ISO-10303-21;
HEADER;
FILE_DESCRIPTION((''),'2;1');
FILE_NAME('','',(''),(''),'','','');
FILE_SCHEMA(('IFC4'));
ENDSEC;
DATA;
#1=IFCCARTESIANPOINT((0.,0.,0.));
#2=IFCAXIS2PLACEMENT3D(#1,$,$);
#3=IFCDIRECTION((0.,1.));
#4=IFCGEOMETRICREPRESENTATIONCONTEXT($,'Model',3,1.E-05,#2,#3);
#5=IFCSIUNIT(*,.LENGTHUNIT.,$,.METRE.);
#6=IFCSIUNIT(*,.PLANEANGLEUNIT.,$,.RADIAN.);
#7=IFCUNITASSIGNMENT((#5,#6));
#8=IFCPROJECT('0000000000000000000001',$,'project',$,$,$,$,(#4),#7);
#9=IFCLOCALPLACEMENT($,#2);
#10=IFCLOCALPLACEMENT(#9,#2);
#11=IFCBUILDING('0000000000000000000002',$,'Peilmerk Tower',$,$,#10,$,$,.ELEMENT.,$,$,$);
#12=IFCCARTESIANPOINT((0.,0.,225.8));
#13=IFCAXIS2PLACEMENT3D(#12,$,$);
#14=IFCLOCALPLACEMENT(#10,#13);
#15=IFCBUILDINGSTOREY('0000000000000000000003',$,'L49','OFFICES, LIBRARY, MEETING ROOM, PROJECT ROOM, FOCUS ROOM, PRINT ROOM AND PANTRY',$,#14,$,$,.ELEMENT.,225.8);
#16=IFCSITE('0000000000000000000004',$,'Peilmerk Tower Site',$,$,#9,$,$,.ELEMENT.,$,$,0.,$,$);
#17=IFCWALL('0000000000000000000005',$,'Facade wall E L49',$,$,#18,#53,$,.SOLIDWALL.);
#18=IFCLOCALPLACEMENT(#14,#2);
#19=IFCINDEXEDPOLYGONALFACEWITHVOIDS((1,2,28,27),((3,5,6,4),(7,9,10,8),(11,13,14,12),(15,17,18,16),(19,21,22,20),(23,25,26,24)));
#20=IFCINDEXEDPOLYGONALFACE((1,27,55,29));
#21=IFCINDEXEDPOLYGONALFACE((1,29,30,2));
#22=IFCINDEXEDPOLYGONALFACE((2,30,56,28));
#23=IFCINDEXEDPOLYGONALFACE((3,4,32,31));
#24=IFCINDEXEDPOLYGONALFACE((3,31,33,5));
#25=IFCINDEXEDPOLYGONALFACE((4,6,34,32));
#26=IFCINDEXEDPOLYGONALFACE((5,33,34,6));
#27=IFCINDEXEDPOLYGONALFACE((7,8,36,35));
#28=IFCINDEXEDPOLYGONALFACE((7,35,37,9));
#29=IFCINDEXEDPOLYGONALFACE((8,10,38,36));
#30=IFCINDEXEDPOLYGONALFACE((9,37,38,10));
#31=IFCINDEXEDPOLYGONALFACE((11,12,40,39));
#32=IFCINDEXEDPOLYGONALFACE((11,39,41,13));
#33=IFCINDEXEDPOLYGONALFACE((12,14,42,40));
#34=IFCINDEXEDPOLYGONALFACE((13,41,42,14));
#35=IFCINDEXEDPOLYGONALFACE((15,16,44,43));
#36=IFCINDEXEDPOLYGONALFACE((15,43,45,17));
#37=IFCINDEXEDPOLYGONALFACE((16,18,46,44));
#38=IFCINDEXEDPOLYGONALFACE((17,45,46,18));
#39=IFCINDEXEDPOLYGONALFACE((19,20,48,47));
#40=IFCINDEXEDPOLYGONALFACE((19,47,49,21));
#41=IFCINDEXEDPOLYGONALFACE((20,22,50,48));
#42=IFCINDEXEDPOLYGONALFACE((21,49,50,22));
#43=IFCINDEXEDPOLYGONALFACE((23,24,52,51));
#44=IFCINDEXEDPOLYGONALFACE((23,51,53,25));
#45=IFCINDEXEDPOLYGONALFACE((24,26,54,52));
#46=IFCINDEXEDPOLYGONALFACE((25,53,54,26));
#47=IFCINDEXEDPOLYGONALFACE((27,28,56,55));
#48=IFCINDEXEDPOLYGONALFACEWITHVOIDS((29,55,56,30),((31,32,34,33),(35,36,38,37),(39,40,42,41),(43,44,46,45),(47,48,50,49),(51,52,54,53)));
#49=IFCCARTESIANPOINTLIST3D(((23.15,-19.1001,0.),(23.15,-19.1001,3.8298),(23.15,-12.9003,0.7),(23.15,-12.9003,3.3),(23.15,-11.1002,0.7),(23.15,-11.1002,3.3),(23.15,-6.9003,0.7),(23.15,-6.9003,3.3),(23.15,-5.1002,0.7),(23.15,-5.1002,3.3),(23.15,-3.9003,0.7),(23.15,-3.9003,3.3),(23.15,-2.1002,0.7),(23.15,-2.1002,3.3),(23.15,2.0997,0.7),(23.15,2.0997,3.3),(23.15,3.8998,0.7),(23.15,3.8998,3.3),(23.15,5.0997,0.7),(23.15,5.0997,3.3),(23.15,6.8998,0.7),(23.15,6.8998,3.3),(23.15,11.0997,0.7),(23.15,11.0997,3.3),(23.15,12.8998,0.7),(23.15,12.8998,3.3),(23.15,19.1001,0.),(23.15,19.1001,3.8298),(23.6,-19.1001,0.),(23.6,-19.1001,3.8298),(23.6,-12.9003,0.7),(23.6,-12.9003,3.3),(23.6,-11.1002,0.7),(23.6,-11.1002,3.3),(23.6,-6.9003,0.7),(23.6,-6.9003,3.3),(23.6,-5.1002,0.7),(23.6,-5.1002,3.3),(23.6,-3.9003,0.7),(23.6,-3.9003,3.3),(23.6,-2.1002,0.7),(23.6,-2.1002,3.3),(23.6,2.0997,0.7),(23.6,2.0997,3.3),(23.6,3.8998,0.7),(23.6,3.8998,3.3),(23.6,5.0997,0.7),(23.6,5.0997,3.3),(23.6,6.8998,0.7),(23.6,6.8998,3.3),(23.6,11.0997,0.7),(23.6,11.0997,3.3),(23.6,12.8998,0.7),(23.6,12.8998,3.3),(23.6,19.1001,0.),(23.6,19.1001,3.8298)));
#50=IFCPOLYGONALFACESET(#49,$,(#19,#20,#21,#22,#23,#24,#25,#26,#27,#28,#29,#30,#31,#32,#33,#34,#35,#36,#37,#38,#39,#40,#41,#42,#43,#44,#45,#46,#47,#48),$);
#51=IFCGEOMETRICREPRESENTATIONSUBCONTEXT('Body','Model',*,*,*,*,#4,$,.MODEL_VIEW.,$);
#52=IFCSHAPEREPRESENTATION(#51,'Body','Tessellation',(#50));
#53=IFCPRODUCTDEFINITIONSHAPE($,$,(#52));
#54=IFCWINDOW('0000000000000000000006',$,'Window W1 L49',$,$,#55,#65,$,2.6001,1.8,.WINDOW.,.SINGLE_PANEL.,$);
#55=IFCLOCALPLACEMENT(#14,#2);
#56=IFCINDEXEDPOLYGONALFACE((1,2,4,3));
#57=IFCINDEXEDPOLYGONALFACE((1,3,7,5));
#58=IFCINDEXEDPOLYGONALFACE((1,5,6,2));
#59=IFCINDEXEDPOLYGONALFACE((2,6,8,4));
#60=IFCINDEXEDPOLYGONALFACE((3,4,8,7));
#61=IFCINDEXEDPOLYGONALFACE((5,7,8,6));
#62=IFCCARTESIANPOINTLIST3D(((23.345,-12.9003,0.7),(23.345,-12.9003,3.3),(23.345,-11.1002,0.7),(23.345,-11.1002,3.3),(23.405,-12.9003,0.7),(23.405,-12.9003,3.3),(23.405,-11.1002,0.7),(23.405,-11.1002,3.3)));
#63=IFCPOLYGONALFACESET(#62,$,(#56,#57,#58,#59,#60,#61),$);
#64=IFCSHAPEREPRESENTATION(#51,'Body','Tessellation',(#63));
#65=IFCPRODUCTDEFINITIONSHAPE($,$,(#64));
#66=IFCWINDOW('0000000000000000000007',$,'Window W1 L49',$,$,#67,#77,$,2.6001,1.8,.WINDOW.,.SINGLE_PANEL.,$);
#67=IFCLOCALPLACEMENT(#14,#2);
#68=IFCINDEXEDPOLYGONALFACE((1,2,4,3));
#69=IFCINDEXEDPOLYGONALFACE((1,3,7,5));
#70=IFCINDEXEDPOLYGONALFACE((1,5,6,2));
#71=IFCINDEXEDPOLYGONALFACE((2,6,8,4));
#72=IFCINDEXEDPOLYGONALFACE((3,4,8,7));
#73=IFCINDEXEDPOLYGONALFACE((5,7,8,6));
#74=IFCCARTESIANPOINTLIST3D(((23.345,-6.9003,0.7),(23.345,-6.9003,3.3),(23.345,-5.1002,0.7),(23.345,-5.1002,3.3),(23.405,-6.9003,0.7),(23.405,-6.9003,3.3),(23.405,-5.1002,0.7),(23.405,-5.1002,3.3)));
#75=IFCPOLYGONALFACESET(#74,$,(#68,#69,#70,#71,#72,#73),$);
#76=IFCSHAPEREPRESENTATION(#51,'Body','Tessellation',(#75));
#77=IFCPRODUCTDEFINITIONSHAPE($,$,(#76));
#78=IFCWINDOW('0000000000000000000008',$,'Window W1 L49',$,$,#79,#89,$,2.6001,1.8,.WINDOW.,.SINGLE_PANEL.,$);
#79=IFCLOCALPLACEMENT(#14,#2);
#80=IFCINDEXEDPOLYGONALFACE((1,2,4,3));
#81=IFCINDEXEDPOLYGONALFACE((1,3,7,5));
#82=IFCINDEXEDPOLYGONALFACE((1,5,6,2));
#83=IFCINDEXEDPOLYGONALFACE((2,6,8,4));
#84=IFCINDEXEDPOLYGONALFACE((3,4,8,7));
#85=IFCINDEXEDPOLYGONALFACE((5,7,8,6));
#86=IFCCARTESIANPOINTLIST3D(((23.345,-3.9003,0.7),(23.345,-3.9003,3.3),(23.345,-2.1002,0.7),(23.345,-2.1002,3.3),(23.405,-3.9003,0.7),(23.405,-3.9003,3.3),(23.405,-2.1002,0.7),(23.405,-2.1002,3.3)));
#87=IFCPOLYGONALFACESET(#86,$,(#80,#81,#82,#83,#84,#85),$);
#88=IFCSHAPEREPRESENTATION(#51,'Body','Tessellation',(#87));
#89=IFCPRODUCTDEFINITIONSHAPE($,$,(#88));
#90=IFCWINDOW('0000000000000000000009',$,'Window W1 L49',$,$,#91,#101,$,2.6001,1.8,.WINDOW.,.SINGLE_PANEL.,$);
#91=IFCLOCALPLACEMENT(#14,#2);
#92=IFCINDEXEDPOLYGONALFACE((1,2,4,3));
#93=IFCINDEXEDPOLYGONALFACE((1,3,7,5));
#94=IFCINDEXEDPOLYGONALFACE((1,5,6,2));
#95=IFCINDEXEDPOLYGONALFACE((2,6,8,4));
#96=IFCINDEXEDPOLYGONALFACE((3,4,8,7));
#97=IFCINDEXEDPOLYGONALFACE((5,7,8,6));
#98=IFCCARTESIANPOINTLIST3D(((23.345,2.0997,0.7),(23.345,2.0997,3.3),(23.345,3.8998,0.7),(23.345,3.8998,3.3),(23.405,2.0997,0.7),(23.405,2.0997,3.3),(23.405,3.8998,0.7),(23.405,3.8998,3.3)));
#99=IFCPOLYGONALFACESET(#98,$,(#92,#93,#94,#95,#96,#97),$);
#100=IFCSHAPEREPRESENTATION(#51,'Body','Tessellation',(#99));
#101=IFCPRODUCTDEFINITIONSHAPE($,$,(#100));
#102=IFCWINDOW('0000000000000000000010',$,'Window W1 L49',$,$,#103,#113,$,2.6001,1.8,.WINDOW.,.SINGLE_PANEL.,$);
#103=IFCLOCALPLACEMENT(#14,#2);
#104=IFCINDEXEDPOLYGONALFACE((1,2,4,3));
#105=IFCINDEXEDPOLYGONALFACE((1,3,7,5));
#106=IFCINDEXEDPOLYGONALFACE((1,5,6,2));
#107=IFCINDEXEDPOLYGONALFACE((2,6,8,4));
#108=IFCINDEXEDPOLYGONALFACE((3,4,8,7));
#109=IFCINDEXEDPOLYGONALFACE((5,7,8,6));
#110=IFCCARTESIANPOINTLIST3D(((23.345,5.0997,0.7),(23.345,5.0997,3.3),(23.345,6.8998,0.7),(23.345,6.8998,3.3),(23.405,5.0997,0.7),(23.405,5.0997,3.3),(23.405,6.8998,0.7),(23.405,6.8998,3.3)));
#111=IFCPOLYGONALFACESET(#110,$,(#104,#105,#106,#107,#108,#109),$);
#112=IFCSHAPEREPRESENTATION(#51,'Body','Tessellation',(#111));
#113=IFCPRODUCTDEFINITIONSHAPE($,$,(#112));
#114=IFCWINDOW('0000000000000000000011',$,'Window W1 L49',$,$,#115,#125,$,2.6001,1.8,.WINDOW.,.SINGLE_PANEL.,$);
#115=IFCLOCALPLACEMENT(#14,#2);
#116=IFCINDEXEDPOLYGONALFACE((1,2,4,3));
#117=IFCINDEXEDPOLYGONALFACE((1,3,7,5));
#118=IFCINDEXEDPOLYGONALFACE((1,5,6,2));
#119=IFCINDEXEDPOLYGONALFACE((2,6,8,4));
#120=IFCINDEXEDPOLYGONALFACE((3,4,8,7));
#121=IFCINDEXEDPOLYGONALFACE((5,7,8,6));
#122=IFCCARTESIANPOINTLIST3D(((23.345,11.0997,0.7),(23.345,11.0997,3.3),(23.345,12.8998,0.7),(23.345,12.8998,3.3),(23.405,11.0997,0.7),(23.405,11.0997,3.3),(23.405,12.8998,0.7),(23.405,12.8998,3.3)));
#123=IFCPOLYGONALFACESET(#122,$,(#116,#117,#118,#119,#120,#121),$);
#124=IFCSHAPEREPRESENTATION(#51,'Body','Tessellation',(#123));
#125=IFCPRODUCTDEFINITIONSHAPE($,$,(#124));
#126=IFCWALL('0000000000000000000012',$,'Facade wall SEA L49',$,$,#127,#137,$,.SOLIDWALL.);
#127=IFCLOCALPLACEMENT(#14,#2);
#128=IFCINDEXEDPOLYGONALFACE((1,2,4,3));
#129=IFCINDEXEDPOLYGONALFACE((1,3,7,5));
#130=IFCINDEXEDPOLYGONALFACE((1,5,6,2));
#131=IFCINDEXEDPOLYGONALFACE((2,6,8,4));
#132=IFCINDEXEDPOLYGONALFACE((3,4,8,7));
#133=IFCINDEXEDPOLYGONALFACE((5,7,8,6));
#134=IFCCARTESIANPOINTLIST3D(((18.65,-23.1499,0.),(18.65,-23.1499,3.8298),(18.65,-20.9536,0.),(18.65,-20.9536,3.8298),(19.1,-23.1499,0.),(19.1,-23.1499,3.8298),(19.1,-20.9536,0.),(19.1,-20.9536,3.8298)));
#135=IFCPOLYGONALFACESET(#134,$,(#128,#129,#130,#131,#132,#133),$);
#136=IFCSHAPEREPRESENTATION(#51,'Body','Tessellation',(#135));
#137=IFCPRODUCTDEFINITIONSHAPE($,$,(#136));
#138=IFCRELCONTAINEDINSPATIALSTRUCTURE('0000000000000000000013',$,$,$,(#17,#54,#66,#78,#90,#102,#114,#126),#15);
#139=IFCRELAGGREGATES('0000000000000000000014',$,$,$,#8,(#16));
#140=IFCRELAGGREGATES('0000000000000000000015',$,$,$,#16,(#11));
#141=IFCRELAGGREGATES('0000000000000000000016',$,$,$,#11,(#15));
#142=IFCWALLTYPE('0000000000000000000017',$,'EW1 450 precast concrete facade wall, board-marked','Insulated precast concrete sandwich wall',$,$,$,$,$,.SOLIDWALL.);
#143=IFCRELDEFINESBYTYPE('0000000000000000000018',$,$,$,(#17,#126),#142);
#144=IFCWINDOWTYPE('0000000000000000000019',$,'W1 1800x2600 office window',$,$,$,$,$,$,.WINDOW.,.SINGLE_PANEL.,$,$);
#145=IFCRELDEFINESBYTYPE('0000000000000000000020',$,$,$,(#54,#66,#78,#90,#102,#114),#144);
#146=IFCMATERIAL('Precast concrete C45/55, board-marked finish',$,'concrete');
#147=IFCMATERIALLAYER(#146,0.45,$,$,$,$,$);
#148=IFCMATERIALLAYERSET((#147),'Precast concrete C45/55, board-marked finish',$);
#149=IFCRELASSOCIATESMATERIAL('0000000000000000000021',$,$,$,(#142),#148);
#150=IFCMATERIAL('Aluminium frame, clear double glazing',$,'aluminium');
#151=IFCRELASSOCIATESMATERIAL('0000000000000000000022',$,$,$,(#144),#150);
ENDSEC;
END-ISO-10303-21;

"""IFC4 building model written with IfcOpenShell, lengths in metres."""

from ifc_helpers import new_model, si_unit, direction, frame, frame_2d, origin, place, context, subcontext, project, spatial, rectangle, extrude, material, layer, layer_set, type_object, element, fill, save


model = new_model("IFC4")

# Units and contexts
model_context = context("Model", 3, precision=1e-05, world=origin(), true_north=direction((0.0, 1.0)))
body_context = subcontext(model_context, "Body", "Model", "MODEL_VIEW")
ifc_project = project(units=[si_unit("LENGTHUNIT", "METRE"), si_unit("PLANEANGLEUNIT", "RADIAN")], contexts=[model_context])

# Site, building, storey
site_placement = place(None, origin())
site = spatial("IfcSite", under=ifc_project, at=site_placement, Name="Peilmerk Tower Site", CompositionType="ELEMENT", RefElevation=0.0)
building_placement = place(site_placement, origin())
building = spatial("IfcBuilding", under=site, at=building_placement, Name="Peilmerk Tower", CompositionType="ELEMENT")
storey_placement = place(building_placement, frame((0.0, 0.0, 225.8)))
storey = spatial("IfcBuildingStorey", under=building, at=storey_placement, Name="L49", Description="OFFICES, LIBRARY, MEETING ROOM, PROJECT ROOM, FOCUS ROOM, PRINT ROOM AND PANTRY", CompositionType="ELEMENT", Elevation=225.8)

# Wall, openings, windows
ifc_material_1 = material(Name="Precast concrete C45/55, board-marked finish", Category="concrete")
ifc_layer_1 = layer(ifc_material_1, 0.45)
ifc_layer_set_1 = layer_set([ifc_layer_1], Name="Precast concrete C45/55, board-marked finish")
wall_type = type_object("IfcWallType", Name="EW1 450 precast concrete facade wall, board-marked", Description="Insulated precast concrete sandwich wall", PredefinedType="SOLIDWALL", material=ifc_layer_set_1)
wall_1_placement = place(storey_placement, frame((23.375, -19.1001, 0.0), z_axis=(0.0, 0.0, 1.0), x_axis=(0.0, 1.0, 0.0)))
wall_1 = element("IfcWall", 1, at=wall_1_placement, inside=storey, type_object=wall_type, Name="Facade wall E L49", PredefinedType="SOLIDWALL", context=body_context, shape_type="SweptSolid", body=[
    extrude(rectangle(XDim=38.2002, YDim=0.45, at=frame_2d((19.1001, 0.0))), origin(), (0.0, 0.0, 1.0), 3.8298),
])
opening_1_placement = place(wall_1_placement, frame((6.2, 0.0, 0.7)))
opening_1 = element("IfcOpeningElement", 2, at=opening_1_placement, cuts=wall_1, PredefinedType="OPENING", context=body_context, shape_type="SweptSolid", body=[
    extrude(rectangle(XDim=1.8, YDim=2.6001, at=frame_2d((0.8999, 1.3))), frame((0.0, 0.2349, 0.0), z_axis=(0.0, -1.0, 0.0), x_axis=(1.0, 0.0, 0.0)), (0.0, 0.0, 1.0), 0.47),
])
opening_2_placement = place(wall_1_placement, frame((12.2, 0.0, 0.7)))
opening_2 = element("IfcOpeningElement", 3, at=opening_2_placement, cuts=wall_1, PredefinedType="OPENING", context=body_context, shape_type="SweptSolid", body=[
    extrude(rectangle(XDim=1.8, YDim=2.6001, at=frame_2d((0.8999, 1.3))), frame((0.0, 0.2349, 0.0), z_axis=(0.0, -1.0, 0.0), x_axis=(1.0, 0.0, 0.0)), (0.0, 0.0, 1.0), 0.47),
])
opening_3_placement = place(wall_1_placement, frame((15.2, 0.0, 0.7)))
opening_3 = element("IfcOpeningElement", 4, at=opening_3_placement, cuts=wall_1, PredefinedType="OPENING", context=body_context, shape_type="SweptSolid", body=[
    extrude(rectangle(XDim=1.8, YDim=2.6001, at=frame_2d((0.8999, 1.3))), frame((0.0, 0.2349, 0.0), z_axis=(0.0, -1.0, 0.0), x_axis=(1.0, 0.0, 0.0)), (0.0, 0.0, 1.0), 0.47),
])
opening_4_placement = place(wall_1_placement, frame((21.2, 0.0, 0.7)))
opening_4 = element("IfcOpeningElement", 5, at=opening_4_placement, cuts=wall_1, PredefinedType="OPENING", context=body_context, shape_type="SweptSolid", body=[
    extrude(rectangle(XDim=1.8, YDim=2.6001, at=frame_2d((0.8999, 1.3))), frame((0.0, 0.2349, 0.0), z_axis=(0.0, -1.0, 0.0), x_axis=(1.0, 0.0, 0.0)), (0.0, 0.0, 1.0), 0.47),
])
opening_5_placement = place(wall_1_placement, frame((24.2, 0.0, 0.7)))
opening_5 = element("IfcOpeningElement", 6, at=opening_5_placement, cuts=wall_1, PredefinedType="OPENING", context=body_context, shape_type="SweptSolid", body=[
    extrude(rectangle(XDim=1.8, YDim=2.6001, at=frame_2d((0.8999, 1.3))), frame((0.0, 0.2349, 0.0), z_axis=(0.0, -1.0, 0.0), x_axis=(1.0, 0.0, 0.0)), (0.0, 0.0, 1.0), 0.47),
])
opening_6_placement = place(wall_1_placement, frame((30.2, 0.0, 0.7)))
opening_6 = element("IfcOpeningElement", 7, at=opening_6_placement, cuts=wall_1, PredefinedType="OPENING", context=body_context, shape_type="SweptSolid", body=[
    extrude(rectangle(XDim=1.8, YDim=2.6001, at=frame_2d((0.8999, 1.3))), frame((0.0, 0.2349, 0.0), z_axis=(0.0, -1.0, 0.0), x_axis=(1.0, 0.0, 0.0)), (0.0, 0.0, 1.0), 0.47),
])
ifc_material_2 = material(Name="Aluminium frame, clear double glazing", Category="aluminium")
window_type = type_object("IfcWindowType", Name="W1 1800x2600 office window", PartitioningType="SINGLE_PANEL", PredefinedType="WINDOW", material=ifc_material_2)
window_1_placement = place(opening_1_placement, origin())
window_1 = element("IfcWindow", 8, at=window_1_placement, inside=storey, type_object=window_type, Name="Window W1 L49", OverallHeight=2.6001, OverallWidth=1.8, PartitioningType="SINGLE_PANEL", PredefinedType="WINDOW", context=body_context, shape_type="SweptSolid", body=[
    extrude(rectangle(XDim=1.8, YDim=2.6001, at=frame_2d((0.8999, 1.3))), frame((0.0, 0.03, 0.0), z_axis=(0.0, -1.0, 0.0), x_axis=(1.0, 0.0, 0.0)), (0.0, 0.0, 1.0), 0.0601),
])
fill(opening_1, window_1)
window_2_placement = place(opening_2_placement, origin())
window_2 = element("IfcWindow", 9, at=window_2_placement, inside=storey, type_object=window_type, Name="Window W1 L49", OverallHeight=2.6001, OverallWidth=1.8, PartitioningType="SINGLE_PANEL", PredefinedType="WINDOW", context=body_context, shape_type="SweptSolid", body=[
    extrude(rectangle(XDim=1.8, YDim=2.6001, at=frame_2d((0.8999, 1.3))), frame((0.0, 0.03, 0.0), z_axis=(0.0, -1.0, 0.0), x_axis=(1.0, 0.0, 0.0)), (0.0, 0.0, 1.0), 0.0601),
])
fill(opening_2, window_2)
window_3_placement = place(opening_3_placement, origin())
window_3 = element("IfcWindow", 10, at=window_3_placement, inside=storey, type_object=window_type, Name="Window W1 L49", OverallHeight=2.6001, OverallWidth=1.8, PartitioningType="SINGLE_PANEL", PredefinedType="WINDOW", context=body_context, shape_type="SweptSolid", body=[
    extrude(rectangle(XDim=1.8, YDim=2.6001, at=frame_2d((0.8999, 1.3))), frame((0.0, 0.03, 0.0), z_axis=(0.0, -1.0, 0.0), x_axis=(1.0, 0.0, 0.0)), (0.0, 0.0, 1.0), 0.0601),
])
fill(opening_3, window_3)
window_4_placement = place(opening_4_placement, origin())
window_4 = element("IfcWindow", 11, at=window_4_placement, inside=storey, type_object=window_type, Name="Window W1 L49", OverallHeight=2.6001, OverallWidth=1.8, PartitioningType="SINGLE_PANEL", PredefinedType="WINDOW", context=body_context, shape_type="SweptSolid", body=[
    extrude(rectangle(XDim=1.8, YDim=2.6001, at=frame_2d((0.8999, 1.3))), frame((0.0, 0.03, 0.0), z_axis=(0.0, -1.0, 0.0), x_axis=(1.0, 0.0, 0.0)), (0.0, 0.0, 1.0), 0.0601),
])
fill(opening_4, window_4)
window_5_placement = place(opening_5_placement, origin())
window_5 = element("IfcWindow", 12, at=window_5_placement, inside=storey, type_object=window_type, Name="Window W1 L49", OverallHeight=2.6001, OverallWidth=1.8, PartitioningType="SINGLE_PANEL", PredefinedType="WINDOW", context=body_context, shape_type="SweptSolid", body=[
    extrude(rectangle(XDim=1.8, YDim=2.6001, at=frame_2d((0.8999, 1.3))), frame((0.0, 0.03, 0.0), z_axis=(0.0, -1.0, 0.0), x_axis=(1.0, 0.0, 0.0)), (0.0, 0.0, 1.0), 0.0601),
])
fill(opening_5, window_5)
window_6_placement = place(opening_6_placement, origin())
window_6 = element("IfcWindow", 13, at=window_6_placement, inside=storey, type_object=window_type, Name="Window W1 L49", OverallHeight=2.6001, OverallWidth=1.8, PartitioningType="SINGLE_PANEL", PredefinedType="WINDOW", context=body_context, shape_type="SweptSolid", body=[
    extrude(rectangle(XDim=1.8, YDim=2.6001, at=frame_2d((0.8999, 1.3))), frame((0.0, 0.03, 0.0), z_axis=(0.0, -1.0, 0.0), x_axis=(1.0, 0.0, 0.0)), (0.0, 0.0, 1.0), 0.0601),
])
fill(opening_6, window_6)

# Wall
wall_2_placement = place(storey_placement, frame((18.875, -20.9536, 0.0), z_axis=(0.0, 0.0, 1.0), x_axis=(0.0, -1.0, 0.0)))
element("IfcWall", 14, at=wall_2_placement, inside=storey, type_object=wall_type, Name="Facade wall SEA L49", PredefinedType="SOLIDWALL", context=body_context, shape_type="SweptSolid", body=[
    extrude(rectangle(XDim=2.1963, YDim=0.45, at=frame_2d((1.0981, 0.0))), origin(), (0.0, 0.0, 1.0), 3.8298),
])

save(model, "model.ifc")
